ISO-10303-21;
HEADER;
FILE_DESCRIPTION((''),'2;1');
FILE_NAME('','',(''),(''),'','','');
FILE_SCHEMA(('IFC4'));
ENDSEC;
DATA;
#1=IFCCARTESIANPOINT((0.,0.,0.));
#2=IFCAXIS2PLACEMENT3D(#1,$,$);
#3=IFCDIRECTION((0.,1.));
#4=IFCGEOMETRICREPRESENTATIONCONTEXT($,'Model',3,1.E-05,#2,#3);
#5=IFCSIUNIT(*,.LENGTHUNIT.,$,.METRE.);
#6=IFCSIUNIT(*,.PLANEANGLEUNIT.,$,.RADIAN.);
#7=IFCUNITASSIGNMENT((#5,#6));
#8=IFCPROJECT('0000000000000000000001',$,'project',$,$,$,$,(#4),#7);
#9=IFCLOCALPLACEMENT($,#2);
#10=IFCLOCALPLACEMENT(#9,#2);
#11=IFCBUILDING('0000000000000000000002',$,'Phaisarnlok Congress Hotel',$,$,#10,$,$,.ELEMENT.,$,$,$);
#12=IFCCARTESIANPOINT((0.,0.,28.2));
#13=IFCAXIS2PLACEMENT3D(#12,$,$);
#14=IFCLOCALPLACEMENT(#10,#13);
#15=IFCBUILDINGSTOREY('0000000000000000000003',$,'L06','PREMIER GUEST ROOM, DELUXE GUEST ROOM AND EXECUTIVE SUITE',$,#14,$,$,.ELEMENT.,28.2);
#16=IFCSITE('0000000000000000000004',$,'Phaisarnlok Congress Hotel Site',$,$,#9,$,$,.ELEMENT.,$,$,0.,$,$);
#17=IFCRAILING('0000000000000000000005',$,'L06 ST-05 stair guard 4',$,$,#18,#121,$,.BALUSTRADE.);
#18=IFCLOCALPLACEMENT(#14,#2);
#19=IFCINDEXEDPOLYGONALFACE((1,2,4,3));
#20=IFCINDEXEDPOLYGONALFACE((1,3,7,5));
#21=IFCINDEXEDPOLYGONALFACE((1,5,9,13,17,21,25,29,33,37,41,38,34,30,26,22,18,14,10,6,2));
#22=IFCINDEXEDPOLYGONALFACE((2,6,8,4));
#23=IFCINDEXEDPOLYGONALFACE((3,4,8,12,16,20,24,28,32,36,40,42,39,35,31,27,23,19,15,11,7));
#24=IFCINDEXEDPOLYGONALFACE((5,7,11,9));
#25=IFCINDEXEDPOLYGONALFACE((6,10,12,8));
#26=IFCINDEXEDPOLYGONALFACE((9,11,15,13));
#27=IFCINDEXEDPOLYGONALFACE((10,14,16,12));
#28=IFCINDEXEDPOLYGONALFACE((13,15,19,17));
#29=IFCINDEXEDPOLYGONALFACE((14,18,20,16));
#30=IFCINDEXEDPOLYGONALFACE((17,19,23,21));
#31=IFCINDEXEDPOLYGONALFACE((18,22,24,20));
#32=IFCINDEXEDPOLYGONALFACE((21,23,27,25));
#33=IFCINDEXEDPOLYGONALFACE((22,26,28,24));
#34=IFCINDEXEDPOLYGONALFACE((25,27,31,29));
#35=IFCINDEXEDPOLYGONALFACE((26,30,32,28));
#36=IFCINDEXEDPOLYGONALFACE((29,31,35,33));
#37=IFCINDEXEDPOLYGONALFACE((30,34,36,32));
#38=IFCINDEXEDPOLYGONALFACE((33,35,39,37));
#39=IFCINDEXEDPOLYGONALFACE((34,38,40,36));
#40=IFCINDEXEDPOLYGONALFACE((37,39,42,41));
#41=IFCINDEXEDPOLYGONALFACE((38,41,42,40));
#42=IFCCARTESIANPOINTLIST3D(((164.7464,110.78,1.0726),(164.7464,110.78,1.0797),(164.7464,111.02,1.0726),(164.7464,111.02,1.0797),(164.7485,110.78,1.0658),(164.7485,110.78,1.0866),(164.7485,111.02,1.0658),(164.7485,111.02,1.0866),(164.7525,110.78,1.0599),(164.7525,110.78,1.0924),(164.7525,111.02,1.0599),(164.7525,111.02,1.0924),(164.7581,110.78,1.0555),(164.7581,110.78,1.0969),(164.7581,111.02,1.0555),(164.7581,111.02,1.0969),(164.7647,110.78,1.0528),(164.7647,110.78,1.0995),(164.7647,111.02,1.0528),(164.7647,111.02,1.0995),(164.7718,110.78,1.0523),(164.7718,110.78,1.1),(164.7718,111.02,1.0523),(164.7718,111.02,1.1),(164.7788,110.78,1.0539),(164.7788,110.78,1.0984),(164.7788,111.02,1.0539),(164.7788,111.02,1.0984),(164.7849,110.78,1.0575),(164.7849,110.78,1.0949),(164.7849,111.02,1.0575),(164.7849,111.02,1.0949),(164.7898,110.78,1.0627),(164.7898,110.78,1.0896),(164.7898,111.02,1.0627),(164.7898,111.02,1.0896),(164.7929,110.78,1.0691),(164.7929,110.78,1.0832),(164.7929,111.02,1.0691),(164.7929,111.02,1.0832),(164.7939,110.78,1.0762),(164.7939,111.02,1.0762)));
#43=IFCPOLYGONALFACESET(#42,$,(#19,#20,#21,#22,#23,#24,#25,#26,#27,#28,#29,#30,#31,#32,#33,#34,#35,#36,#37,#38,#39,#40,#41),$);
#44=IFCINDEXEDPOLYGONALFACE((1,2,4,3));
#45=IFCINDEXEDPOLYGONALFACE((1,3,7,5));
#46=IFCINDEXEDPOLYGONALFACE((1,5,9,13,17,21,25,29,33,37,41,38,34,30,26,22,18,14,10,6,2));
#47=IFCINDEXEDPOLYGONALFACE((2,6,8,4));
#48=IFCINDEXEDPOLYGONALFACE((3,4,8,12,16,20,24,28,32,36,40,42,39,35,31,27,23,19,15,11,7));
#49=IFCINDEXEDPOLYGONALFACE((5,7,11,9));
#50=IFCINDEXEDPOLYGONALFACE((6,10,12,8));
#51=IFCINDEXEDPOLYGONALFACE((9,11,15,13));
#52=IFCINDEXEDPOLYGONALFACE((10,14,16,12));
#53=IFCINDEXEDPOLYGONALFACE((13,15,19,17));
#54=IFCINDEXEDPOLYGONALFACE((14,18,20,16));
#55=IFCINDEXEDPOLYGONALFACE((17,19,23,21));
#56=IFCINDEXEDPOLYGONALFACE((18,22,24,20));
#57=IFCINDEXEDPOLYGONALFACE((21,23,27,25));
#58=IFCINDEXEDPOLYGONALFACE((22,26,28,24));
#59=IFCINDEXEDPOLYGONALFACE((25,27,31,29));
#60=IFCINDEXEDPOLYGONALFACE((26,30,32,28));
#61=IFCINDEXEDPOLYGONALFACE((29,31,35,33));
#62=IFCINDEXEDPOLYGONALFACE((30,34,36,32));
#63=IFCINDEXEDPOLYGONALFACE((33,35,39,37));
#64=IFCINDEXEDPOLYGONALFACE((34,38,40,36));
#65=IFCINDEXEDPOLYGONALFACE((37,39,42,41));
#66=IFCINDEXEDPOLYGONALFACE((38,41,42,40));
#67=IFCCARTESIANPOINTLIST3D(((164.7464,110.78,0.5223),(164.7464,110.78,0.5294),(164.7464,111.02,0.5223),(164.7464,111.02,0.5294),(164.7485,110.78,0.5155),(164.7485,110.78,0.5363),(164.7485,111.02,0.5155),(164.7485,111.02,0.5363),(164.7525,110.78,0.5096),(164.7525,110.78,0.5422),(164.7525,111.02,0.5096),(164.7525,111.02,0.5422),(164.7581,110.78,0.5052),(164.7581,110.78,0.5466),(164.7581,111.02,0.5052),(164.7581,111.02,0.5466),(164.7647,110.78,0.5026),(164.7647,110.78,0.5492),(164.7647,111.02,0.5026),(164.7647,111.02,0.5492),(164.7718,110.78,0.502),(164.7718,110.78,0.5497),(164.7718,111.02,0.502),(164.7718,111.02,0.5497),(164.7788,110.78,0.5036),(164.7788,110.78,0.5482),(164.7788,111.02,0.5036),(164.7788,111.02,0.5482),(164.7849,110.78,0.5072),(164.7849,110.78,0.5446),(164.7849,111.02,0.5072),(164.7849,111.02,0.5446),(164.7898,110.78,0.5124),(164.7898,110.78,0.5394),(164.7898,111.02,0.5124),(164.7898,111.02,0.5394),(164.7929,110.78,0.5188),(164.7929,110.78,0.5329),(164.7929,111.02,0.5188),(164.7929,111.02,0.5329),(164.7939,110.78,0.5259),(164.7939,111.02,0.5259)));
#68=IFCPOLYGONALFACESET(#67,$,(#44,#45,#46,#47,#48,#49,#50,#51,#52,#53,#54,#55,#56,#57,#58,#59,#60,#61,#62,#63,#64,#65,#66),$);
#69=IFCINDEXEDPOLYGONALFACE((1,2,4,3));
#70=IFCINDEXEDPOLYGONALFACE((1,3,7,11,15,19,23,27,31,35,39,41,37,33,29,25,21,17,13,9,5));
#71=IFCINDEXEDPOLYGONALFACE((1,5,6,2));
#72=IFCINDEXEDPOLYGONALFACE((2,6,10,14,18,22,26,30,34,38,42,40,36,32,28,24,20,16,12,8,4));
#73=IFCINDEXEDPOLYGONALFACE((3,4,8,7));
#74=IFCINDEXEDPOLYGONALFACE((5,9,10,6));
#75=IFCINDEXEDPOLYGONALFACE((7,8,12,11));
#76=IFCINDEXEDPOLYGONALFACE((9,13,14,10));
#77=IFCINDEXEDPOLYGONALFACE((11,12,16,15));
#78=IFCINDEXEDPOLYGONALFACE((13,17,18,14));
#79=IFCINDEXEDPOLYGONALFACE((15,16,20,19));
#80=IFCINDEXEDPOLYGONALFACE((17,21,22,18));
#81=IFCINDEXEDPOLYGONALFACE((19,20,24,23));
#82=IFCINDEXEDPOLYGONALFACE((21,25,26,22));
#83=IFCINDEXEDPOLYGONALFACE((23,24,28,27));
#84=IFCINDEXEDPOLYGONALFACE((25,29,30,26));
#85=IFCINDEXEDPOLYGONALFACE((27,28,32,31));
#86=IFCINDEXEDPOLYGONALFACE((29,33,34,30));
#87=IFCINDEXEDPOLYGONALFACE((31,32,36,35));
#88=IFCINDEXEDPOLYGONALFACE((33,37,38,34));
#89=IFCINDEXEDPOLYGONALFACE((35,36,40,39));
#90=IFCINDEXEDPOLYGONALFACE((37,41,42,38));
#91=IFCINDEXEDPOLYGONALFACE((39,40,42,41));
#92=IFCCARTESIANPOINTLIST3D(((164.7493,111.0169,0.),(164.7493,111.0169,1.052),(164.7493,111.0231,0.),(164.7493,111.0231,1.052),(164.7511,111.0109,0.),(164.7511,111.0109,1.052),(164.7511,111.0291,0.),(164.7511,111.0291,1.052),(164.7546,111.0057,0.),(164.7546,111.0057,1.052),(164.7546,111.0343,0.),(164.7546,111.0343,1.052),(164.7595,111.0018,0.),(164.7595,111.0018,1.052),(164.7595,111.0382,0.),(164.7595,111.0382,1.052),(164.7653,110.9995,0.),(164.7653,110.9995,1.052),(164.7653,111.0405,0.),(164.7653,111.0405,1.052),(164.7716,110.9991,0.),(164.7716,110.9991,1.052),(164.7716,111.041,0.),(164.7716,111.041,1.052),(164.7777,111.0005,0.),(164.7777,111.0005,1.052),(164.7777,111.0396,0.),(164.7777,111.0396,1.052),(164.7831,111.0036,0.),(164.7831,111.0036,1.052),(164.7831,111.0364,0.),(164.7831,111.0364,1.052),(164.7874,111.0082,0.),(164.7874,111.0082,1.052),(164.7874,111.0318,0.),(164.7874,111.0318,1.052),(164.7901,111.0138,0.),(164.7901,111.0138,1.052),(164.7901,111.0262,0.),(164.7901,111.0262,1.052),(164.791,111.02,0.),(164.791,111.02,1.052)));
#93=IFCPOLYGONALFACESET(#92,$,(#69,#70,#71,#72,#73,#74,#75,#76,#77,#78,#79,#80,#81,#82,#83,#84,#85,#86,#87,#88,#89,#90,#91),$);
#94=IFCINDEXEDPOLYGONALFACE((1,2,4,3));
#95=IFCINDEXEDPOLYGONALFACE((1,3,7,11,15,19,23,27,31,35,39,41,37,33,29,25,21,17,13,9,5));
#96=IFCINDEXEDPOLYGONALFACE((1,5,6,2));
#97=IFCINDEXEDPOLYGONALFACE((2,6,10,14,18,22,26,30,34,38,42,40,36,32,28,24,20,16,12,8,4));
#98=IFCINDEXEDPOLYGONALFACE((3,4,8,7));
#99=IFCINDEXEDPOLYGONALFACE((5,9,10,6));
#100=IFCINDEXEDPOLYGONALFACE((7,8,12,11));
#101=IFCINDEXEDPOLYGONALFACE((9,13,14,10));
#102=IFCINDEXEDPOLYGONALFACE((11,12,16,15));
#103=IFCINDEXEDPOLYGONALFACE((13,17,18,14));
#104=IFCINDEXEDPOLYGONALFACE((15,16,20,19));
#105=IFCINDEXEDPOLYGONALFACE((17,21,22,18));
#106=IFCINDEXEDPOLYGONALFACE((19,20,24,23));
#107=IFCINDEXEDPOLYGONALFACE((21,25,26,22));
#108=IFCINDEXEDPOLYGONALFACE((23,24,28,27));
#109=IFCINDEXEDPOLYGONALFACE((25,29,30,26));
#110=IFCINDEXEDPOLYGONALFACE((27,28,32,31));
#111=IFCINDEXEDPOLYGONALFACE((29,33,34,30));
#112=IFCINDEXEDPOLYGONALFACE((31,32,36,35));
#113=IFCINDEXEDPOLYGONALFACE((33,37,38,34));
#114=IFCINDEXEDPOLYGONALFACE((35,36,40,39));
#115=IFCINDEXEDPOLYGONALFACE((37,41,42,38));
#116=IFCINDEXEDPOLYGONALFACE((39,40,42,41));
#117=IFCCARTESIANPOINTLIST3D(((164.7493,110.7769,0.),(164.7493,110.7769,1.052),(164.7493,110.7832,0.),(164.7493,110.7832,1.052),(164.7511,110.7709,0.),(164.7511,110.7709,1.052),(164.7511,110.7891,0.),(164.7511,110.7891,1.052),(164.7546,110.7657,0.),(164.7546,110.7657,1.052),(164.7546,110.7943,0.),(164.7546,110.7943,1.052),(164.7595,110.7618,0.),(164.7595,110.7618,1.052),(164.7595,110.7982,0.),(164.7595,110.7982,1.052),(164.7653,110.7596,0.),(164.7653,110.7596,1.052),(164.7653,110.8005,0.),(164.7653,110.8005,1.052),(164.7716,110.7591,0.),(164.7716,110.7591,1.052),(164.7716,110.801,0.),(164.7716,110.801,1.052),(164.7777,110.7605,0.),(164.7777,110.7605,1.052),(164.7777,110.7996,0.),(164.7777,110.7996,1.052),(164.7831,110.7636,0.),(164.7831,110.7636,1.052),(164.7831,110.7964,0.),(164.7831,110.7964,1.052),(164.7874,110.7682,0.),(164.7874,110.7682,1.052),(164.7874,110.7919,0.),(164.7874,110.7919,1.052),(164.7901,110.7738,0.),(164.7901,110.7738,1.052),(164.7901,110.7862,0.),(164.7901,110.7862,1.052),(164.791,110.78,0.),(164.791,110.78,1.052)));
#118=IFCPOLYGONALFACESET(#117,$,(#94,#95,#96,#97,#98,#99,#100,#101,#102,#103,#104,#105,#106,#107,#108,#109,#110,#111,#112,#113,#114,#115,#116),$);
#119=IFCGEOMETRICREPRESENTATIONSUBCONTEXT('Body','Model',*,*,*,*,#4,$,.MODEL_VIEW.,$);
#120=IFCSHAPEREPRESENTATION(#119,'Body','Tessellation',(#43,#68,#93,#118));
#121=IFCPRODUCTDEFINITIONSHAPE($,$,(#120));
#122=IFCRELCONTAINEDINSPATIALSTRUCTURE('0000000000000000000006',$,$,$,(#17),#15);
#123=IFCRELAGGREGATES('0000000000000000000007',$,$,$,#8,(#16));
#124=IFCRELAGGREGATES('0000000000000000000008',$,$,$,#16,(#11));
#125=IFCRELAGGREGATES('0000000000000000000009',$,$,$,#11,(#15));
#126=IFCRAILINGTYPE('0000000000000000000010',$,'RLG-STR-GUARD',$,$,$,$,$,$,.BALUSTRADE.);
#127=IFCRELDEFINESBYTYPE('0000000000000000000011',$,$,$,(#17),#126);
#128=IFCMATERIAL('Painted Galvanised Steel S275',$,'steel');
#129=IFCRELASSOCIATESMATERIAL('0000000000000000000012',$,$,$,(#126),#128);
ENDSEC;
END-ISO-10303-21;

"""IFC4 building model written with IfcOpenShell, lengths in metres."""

from ifc_helpers import new_model, si_unit, direction, frame, origin, origin_2d, place, context, subcontext, project, spatial, circle, extrude, material, type_object, element, save


model = new_model("IFC4")

# Units and contexts
model_context = context("Model", 3, precision=1e-05, world=origin(), true_north=direction((0.0, 1.0)))
body_context = subcontext(model_context, "Body", "Model", "MODEL_VIEW")
ifc_project = project(units=[si_unit("LENGTHUNIT", "METRE"), si_unit("PLANEANGLEUNIT", "RADIAN")], contexts=[model_context])

# Site, building, storey
site_placement = place(None, origin())
site = spatial("IfcSite", under=ifc_project, at=site_placement, Name="Phaisarnlok Congress Hotel Site", CompositionType="ELEMENT", RefElevation=0.0)
building_placement = place(site_placement, origin())
building = spatial("IfcBuilding", under=site, at=building_placement, Name="Phaisarnlok Congress Hotel", CompositionType="ELEMENT")
storey_placement = place(building_placement, frame((0.0, 0.0, 28.2)))
storey = spatial("IfcBuildingStorey", under=building, at=storey_placement, Name="L06", Description="PREMIER GUEST ROOM, DELUXE GUEST ROOM AND EXECUTIVE SUITE", CompositionType="ELEMENT", Elevation=28.2)

# Railing
ifc_material_1 = material(Name="Painted Galvanised Steel S275", Category="steel")
railing_type_1 = type_object("IfcRailingType", Name="RLG-STR-GUARD", PredefinedType="BALUSTRADE", material=ifc_material_1)
railing_1_placement = place(storey_placement, frame((164.77, 111.02, 0.0)))
element("IfcRailing", 1, at=railing_1_placement, inside=storey, type_object=railing_type_1, Name="L06 ST-05 stair guard 4", PredefinedType="BALUSTRADE", context=body_context, shape_type="SweptSolid", body=[
    extrude(circle(Radius=0.0239, at=origin_2d()), frame((0.0, 0.0, 1.0762), z_axis=(0.0, -1.0, 0.0), x_axis=(1.0, 0.0, 0.0)), (0.0, 0.0, 1.0), 0.24),
    extrude(circle(Radius=0.0239, at=origin_2d()), frame((0.0, 0.0, 0.5259), z_axis=(0.0, -1.0, 0.0), x_axis=(1.0, 0.0, 0.0)), (0.0, 0.0, 1.0), 0.24),
    extrude(circle(Radius=0.021, at=origin_2d()), origin(), (0.0, 0.0, 1.0), 1.052),
    extrude(circle(Radius=0.021, at=origin_2d()), frame((0.0, -0.24, 0.0)), (0.0, 0.0, 1.0), 1.052),
])

save(model, "model.ifc")
